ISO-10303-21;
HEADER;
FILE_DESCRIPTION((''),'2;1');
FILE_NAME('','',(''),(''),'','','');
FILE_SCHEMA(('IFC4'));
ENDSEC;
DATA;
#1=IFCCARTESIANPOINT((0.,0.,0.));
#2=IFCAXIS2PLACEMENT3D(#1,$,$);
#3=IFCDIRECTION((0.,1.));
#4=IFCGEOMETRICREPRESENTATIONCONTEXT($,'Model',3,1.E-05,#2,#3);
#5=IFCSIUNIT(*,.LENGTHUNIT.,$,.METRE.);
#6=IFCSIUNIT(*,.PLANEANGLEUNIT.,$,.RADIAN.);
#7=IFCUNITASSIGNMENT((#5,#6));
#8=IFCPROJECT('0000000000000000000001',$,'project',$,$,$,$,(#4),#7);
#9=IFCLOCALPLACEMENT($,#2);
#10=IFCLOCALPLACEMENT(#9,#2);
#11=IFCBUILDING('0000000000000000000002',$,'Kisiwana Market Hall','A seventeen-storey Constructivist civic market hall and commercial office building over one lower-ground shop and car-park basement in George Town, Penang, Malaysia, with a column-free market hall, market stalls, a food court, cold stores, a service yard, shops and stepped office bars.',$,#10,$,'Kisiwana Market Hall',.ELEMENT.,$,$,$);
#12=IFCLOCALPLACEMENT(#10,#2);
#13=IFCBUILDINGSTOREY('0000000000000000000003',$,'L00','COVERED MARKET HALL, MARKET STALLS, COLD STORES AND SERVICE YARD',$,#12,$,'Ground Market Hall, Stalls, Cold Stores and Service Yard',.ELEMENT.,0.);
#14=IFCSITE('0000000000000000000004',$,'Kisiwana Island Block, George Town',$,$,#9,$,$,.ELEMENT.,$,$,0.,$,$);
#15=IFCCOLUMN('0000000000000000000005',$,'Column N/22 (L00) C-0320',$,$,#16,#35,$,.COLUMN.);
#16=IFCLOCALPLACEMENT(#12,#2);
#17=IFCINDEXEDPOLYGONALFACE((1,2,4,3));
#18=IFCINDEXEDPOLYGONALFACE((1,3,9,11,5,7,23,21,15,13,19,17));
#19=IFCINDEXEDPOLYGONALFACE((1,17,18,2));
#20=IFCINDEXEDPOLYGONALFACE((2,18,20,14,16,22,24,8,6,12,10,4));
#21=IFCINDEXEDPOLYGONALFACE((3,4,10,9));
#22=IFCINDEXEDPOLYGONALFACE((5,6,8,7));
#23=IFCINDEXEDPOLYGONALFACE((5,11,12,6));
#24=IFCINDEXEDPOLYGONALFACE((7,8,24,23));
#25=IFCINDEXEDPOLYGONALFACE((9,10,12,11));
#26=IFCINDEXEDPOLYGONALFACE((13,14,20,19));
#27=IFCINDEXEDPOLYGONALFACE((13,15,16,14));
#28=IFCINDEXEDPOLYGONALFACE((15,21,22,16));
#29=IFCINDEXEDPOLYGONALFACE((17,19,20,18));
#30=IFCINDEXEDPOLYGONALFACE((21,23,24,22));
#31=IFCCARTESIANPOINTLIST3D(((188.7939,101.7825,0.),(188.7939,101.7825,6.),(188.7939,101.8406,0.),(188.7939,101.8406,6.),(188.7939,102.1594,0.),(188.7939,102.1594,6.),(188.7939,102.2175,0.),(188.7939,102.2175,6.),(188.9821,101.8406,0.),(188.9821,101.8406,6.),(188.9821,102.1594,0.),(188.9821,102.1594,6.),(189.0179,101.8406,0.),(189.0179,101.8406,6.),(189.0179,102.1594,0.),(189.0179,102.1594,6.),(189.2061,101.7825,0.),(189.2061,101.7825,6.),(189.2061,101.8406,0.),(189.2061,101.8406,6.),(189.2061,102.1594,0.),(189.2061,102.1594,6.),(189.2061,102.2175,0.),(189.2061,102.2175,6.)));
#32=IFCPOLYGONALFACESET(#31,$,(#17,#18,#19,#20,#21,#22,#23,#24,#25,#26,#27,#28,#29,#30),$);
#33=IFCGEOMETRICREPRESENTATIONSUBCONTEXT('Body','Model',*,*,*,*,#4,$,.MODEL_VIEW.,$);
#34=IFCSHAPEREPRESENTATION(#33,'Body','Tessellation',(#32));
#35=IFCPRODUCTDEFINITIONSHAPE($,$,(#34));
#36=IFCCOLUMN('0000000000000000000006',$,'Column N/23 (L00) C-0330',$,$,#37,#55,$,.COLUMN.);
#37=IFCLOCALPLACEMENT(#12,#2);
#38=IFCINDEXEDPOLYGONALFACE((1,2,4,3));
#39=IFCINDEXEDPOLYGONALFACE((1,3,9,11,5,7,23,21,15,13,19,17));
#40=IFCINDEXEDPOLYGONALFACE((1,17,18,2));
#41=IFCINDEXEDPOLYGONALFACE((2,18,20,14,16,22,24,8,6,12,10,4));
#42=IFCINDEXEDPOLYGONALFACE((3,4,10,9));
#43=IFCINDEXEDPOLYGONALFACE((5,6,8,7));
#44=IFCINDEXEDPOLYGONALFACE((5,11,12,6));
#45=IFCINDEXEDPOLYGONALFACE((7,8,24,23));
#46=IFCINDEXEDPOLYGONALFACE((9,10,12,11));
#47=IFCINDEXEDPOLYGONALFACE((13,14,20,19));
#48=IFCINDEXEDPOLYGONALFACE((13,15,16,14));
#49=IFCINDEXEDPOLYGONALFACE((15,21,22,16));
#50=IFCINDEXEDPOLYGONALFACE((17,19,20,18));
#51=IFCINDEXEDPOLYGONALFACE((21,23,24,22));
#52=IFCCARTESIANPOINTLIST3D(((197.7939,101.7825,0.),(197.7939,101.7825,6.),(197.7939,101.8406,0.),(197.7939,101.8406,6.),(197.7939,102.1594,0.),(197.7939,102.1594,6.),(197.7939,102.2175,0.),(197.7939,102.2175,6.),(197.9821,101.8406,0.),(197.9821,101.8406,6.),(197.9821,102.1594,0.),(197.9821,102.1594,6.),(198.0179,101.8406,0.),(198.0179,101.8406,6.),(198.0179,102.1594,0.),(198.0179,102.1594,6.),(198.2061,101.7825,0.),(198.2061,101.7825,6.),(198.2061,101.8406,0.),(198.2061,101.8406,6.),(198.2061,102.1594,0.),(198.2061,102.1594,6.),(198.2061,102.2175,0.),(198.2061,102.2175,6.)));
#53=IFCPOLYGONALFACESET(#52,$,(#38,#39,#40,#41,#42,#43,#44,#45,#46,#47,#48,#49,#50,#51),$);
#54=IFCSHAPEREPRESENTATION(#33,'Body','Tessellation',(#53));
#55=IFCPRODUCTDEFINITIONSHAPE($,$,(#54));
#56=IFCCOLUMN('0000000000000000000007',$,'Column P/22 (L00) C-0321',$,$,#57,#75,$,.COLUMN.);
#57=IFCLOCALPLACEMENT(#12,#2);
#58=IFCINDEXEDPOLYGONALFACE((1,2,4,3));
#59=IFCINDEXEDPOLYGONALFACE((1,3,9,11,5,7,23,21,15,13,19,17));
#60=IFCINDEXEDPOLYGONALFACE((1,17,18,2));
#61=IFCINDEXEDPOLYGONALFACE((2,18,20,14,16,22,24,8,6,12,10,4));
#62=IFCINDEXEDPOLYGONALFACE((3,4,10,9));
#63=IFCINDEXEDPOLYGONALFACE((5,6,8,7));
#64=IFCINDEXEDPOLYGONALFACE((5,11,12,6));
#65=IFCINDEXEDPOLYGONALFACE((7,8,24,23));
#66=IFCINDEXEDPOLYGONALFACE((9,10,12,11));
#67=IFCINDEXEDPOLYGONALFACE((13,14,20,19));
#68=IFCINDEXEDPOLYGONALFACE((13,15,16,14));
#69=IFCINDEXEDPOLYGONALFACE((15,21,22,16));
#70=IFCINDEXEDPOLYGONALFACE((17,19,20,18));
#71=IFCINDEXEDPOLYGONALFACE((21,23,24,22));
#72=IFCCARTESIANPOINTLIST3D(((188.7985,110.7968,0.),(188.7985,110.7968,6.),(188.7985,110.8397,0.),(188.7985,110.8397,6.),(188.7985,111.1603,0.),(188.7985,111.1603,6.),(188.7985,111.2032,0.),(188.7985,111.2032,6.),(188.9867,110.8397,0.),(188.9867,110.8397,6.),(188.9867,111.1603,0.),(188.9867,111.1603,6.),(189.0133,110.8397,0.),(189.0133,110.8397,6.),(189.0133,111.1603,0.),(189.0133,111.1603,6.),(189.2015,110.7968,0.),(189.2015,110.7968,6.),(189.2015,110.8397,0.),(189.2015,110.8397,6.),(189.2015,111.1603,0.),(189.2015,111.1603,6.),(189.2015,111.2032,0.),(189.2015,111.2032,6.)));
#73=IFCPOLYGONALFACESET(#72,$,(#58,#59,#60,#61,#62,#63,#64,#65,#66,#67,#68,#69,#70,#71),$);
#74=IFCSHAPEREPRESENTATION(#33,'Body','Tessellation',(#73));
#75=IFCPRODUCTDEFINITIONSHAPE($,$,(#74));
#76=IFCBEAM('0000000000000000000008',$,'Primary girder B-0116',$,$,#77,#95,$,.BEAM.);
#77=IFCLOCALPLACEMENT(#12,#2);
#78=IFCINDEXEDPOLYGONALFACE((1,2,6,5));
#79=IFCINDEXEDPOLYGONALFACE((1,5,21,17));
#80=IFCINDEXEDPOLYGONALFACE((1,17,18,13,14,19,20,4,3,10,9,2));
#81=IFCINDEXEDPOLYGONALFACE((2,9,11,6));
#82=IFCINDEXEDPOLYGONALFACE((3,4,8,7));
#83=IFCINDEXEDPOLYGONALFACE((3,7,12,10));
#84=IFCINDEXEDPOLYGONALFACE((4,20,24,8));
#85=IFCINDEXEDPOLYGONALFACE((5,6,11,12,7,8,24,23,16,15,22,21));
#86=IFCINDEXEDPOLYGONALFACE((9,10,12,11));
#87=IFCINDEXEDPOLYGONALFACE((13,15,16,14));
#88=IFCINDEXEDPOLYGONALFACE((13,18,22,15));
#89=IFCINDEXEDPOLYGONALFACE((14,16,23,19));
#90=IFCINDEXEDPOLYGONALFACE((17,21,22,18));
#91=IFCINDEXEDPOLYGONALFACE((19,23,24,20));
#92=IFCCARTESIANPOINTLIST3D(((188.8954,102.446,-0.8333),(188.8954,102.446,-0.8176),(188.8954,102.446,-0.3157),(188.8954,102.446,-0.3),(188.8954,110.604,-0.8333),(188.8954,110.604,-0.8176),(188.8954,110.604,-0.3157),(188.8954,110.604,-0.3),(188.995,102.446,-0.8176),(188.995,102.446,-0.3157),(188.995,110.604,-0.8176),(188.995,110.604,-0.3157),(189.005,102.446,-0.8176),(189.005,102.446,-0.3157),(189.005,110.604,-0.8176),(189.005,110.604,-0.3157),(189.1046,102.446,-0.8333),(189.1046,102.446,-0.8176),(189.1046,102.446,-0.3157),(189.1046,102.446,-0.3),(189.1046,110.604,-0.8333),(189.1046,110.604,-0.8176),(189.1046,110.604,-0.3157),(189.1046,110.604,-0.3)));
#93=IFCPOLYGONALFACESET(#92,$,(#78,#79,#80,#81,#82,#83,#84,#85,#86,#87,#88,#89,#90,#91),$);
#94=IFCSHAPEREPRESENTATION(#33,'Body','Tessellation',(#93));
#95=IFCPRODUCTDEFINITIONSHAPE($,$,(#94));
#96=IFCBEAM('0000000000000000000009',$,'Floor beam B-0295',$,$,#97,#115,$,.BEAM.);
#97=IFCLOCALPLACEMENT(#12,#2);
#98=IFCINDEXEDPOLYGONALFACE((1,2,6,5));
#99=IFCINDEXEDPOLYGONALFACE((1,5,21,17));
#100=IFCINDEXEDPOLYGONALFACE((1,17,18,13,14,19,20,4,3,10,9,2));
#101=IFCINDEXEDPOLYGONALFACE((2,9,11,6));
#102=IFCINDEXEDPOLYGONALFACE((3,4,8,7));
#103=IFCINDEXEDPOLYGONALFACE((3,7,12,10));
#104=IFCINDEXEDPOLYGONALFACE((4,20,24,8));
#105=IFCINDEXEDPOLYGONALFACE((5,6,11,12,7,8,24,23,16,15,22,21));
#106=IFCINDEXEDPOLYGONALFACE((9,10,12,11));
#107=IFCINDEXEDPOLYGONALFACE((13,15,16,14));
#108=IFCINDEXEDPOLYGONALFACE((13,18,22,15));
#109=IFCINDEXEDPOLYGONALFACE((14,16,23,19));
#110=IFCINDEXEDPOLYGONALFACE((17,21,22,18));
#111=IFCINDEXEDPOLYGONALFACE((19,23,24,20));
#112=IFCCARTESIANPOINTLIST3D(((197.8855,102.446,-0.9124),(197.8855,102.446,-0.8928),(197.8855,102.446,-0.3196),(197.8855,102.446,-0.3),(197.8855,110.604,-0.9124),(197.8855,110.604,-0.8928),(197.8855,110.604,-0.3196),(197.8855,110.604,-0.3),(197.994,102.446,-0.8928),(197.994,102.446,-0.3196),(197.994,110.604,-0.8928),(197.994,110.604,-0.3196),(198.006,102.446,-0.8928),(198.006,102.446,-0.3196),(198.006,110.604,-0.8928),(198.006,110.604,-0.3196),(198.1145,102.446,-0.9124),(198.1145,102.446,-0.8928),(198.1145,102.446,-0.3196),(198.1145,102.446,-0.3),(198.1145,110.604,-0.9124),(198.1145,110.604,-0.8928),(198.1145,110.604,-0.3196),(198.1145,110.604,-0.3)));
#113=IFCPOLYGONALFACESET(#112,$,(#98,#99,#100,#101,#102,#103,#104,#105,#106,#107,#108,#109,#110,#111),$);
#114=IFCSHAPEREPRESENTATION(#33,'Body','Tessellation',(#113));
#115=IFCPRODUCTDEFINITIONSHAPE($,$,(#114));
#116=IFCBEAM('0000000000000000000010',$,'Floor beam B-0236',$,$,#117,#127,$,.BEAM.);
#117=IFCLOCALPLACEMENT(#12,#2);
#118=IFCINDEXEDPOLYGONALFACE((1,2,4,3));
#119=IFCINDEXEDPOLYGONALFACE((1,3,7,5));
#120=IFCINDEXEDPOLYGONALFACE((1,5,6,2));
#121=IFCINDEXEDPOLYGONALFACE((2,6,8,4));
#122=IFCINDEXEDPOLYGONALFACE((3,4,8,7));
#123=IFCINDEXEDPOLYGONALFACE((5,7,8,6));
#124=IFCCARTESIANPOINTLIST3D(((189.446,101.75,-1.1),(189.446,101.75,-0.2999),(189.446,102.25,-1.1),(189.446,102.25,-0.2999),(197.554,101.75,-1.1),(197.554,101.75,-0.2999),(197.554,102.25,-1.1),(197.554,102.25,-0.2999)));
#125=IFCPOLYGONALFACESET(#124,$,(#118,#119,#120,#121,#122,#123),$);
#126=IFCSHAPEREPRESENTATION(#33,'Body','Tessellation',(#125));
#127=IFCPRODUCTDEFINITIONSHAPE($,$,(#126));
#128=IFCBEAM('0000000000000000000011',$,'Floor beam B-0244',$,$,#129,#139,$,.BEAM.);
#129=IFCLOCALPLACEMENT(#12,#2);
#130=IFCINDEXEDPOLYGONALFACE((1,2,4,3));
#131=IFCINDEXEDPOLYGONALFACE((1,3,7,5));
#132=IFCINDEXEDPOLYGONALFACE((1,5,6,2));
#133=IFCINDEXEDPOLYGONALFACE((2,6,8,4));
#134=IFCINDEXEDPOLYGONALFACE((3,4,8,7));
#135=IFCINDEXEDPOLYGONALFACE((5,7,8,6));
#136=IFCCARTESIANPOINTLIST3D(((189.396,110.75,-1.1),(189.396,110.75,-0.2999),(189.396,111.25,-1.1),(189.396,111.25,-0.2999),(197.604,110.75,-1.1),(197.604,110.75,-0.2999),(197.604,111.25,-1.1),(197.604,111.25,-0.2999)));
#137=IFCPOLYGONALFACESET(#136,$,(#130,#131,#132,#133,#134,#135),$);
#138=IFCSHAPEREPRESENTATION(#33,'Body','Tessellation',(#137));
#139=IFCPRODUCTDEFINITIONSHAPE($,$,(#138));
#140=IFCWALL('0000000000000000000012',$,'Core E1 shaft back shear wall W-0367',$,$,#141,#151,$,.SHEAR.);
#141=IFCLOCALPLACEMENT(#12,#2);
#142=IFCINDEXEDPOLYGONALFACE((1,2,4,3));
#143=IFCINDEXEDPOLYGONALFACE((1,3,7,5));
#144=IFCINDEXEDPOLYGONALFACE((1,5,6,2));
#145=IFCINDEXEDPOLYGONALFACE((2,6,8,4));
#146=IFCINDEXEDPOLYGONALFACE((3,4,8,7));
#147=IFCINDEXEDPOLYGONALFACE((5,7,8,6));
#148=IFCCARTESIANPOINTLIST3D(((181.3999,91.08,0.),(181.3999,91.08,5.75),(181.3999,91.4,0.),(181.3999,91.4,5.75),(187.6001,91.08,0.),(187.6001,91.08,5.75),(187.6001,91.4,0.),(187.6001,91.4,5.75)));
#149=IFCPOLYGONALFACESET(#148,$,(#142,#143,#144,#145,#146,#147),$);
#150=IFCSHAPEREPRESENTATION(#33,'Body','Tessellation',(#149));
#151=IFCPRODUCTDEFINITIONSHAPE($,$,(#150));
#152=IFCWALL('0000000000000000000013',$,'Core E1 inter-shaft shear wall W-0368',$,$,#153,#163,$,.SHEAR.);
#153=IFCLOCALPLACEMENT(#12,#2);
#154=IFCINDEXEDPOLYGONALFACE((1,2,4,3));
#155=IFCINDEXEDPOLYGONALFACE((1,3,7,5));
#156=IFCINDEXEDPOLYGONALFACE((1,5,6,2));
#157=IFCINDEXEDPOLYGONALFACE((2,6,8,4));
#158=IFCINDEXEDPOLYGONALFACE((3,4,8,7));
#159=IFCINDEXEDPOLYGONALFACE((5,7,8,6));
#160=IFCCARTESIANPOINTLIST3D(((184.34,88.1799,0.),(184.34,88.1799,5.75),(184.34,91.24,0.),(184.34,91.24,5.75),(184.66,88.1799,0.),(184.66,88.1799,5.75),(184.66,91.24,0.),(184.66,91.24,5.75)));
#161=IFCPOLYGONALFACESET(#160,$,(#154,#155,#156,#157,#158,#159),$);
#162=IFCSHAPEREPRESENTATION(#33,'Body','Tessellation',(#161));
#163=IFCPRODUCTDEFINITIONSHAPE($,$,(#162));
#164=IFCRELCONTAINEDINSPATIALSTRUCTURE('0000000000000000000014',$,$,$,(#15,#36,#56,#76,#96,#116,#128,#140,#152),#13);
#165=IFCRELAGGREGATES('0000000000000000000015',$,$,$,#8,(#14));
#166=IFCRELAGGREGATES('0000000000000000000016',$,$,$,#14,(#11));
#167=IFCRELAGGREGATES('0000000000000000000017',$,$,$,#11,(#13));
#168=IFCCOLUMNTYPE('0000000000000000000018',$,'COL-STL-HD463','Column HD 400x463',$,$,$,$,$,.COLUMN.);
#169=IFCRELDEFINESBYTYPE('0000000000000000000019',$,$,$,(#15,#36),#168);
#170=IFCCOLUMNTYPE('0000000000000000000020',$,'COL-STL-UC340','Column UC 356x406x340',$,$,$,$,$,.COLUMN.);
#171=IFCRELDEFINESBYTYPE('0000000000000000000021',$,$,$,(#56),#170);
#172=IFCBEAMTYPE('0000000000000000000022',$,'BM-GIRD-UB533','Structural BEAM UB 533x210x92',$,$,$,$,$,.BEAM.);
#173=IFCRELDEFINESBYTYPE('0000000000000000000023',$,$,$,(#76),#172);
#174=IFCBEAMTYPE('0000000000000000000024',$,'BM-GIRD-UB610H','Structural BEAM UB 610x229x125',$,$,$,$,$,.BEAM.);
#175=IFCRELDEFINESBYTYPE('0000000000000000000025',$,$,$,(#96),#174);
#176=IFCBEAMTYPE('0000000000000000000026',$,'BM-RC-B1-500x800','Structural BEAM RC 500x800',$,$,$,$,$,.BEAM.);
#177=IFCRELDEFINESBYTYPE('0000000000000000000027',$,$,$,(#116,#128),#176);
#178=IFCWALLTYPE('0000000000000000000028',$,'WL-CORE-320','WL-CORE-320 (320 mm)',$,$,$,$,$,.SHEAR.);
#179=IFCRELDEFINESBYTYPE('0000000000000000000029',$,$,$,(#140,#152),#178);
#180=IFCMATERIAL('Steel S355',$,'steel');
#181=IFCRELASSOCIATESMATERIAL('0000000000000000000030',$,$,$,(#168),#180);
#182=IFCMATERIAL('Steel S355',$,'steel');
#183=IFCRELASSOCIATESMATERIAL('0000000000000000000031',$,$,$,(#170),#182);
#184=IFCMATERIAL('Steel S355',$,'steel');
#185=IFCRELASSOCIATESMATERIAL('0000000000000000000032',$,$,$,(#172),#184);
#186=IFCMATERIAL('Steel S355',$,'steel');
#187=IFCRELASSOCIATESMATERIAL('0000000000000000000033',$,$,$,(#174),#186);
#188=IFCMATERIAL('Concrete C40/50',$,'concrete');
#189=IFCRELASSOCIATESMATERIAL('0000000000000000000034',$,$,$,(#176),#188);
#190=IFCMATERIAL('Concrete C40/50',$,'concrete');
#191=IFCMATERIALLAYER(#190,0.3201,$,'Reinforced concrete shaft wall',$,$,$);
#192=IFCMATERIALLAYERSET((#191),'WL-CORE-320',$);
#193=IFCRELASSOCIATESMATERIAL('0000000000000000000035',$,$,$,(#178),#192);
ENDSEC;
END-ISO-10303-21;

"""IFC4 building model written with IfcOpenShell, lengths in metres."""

from ifc_helpers import new_model, si_unit, direction, frame, frame_2d, origin, origin_2d, place, context, subcontext, project, spatial, rectangle, i_section, extrude, material, layer, layer_set, material_profile, profile_set, type_object, element, save


model = new_model("IFC4")

# Units and contexts
model_context = context("Model", 3, precision=1e-05, world=origin(), true_north=direction((0.0, 1.0)))
body_context = subcontext(model_context, "Body", "Model", "MODEL_VIEW")
ifc_project = project(units=[si_unit("LENGTHUNIT", "METRE"), si_unit("PLANEANGLEUNIT", "RADIAN")], contexts=[model_context])

# Site, building, storey
site_placement = place(None, origin())
site = spatial("IfcSite", under=ifc_project, at=site_placement, Name="Kisiwana Island Block, George Town", CompositionType="ELEMENT", RefElevation=0.0)
building_placement = place(site_placement, origin())
building = spatial("IfcBuilding", under=site, at=building_placement, Name="Kisiwana Market Hall", Description="A seventeen-storey Constructivist civic market hall and commercial office building over one lower-ground shop and car-park basement in George Town, Penang, Malaysia, with a column-free market hall, market stalls, a food court, cold stores, a service yard, shops and stepped office bars.", LongName="Kisiwana Market Hall", CompositionType="ELEMENT")
storey_placement = place(building_placement, origin())
storey = spatial("IfcBuildingStorey", under=building, at=storey_placement, Name="L00", Description="COVERED MARKET HALL, MARKET STALLS, COLD STORES AND SERVICE YARD", LongName="Ground Market Hall, Stalls, Cold Stores and Service Yard", CompositionType="ELEMENT", Elevation=0.0)

# Columns
ifc_material_1 = material(Name="Steel S355", Category="steel")
ifc_material_profile_1 = material_profile(ifc_material_1, i_section(OverallWidth=0.4121, OverallDepth=0.4351, WebThickness=0.0359, FlangeThickness=0.0581, at=origin_2d()), Name="HD 400x463")
ifc_profile_set_1 = profile_set([ifc_material_profile_1], Name="Steel S355")
column_type_1 = type_object("IfcColumnType", Name="COL-STL-HD463", Description="Column HD 400x463", PredefinedType="COLUMN", material=ifc_profile_set_1)
for number, where, z_axis, x_axis, name in (
    (1, (189.0, 102.0, 0.0), (0.0, 0.0, 1.0), (1.0, 0.0, 0.0), "Column N/22 (L00) C-0320"),
    (2, (198.0, 102.0, 0.0), (0.0, 0.0, 1.0), (1.0, 0.0, 0.0), "Column N/23 (L00) C-0330"),
):
    element("IfcColumn", number, at=place(storey_placement, frame(where, z_axis=z_axis, x_axis=x_axis)), inside=storey, type_object=column_type_1, Name=name, PredefinedType="COLUMN", context=body_context, shape_type="SweptSolid", body=[
        extrude(i_section(OverallWidth=0.4121, OverallDepth=0.4351, WebThickness=0.0359, FlangeThickness=0.0581, at=origin_2d()), origin(), (0.0, 0.0, 1.0), 6.0),
    ])
ifc_material_2 = material(Name="Steel S355", Category="steel")
ifc_material_profile_2 = material_profile(ifc_material_2, i_section(OverallWidth=0.4031, OverallDepth=0.4065, WebThickness=0.0266, FlangeThickness=0.043, at=origin_2d()), Name="UC 356x406x340")
ifc_profile_set_2 = profile_set([ifc_material_profile_2], Name="Steel S355")
column_type_2 = type_object("IfcColumnType", Name="COL-STL-UC340", Description="Column UC 356x406x340", PredefinedType="COLUMN", material=ifc_profile_set_2)
column_placement = place(storey_placement, frame((189.0, 111.0, 0.0), z_axis=(0.0, 0.0, 1.0), x_axis=(1.0, 0.0, 0.0)))
element("IfcColumn", 3, at=column_placement, inside=storey, type_object=column_type_2, Name="Column P/22 (L00) C-0321", PredefinedType="COLUMN", context=body_context, shape_type="SweptSolid", body=[
    extrude(i_section(OverallWidth=0.4031, OverallDepth=0.4065, WebThickness=0.0266, FlangeThickness=0.043, at=origin_2d()), origin(), (0.0, 0.0, 1.0), 6.0),
])

# Beams
ifc_material_3 = material(Name="Steel S355", Category="steel")
ifc_material_profile_3 = material_profile(ifc_material_3, i_section(OverallWidth=0.2092, OverallDepth=0.5332, WebThickness=0.01, FlangeThickness=0.0156, at=origin_2d()), Name="UB 533x210x92")
ifc_profile_set_3 = profile_set([ifc_material_profile_3], Name="Steel S355")
beam_type_1 = type_object("IfcBeamType", Name="BM-GIRD-UB533", Description="Structural BEAM UB 533x210x92", PredefinedType="BEAM", material=ifc_profile_set_3)
beam_1_placement = place(storey_placement, frame((189.0, 102.446, -0.5667), z_axis=(0.0, 1.0, 0.0), x_axis=(-1.0, 0.0, 0.0)))
element("IfcBeam", 4, at=beam_1_placement, inside=storey, type_object=beam_type_1, Name="Primary girder B-0116", PredefinedType="BEAM", context=body_context, shape_type="SweptSolid", body=[
    extrude(i_section(OverallWidth=0.2092, OverallDepth=0.5332, WebThickness=0.01, FlangeThickness=0.0156, at=origin_2d()), origin(), (0.0, 0.0, 1.0), 8.158),
])
ifc_material_4 = material(Name="Steel S355", Category="steel")
ifc_material_profile_4 = material_profile(ifc_material_4, i_section(OverallWidth=0.229, OverallDepth=0.6123, WebThickness=0.012, FlangeThickness=0.0195, at=origin_2d()), Name="UB 610x229x125")
ifc_profile_set_4 = profile_set([ifc_material_profile_4], Name="Steel S355")
beam_type_2 = type_object("IfcBeamType", Name="BM-GIRD-UB610H", Description="Structural BEAM UB 610x229x125", PredefinedType="BEAM", material=ifc_profile_set_4)
beam_2_placement = place(storey_placement, frame((198.0, 102.446, -0.6062), z_axis=(0.0, 1.0, 0.0), x_axis=(-1.0, 0.0, 0.0)))
element("IfcBeam", 5, at=beam_2_placement, inside=storey, type_object=beam_type_2, Name="Floor beam B-0295", PredefinedType="BEAM", context=body_context, shape_type="SweptSolid", body=[
    extrude(i_section(OverallWidth=0.229, OverallDepth=0.6123, WebThickness=0.012, FlangeThickness=0.0195, at=origin_2d()), origin(), (0.0, 0.0, 1.0), 8.158),
])
ifc_material_5 = material(Name="Concrete C40/50", Category="concrete")
ifc_material_profile_5 = material_profile(ifc_material_5, rectangle(XDim=0.5, YDim=0.8, at=origin_2d()), Name="RC 500x800")
ifc_profile_set_5 = profile_set([ifc_material_profile_5], Name="Concrete C40/50")
beam_type_3 = type_object("IfcBeamType", Name="BM-RC-B1-500x800", Description="Structural BEAM RC 500x800", PredefinedType="BEAM", material=ifc_profile_set_5)
beam_3_placement = place(storey_placement, frame((189.446, 102.0, -0.7), z_axis=(1.0, 0.0, 0.0), x_axis=(0.0, 1.0, 0.0)))
element("IfcBeam", 6, at=beam_3_placement, inside=storey, type_object=beam_type_3, Name="Floor beam B-0236", PredefinedType="BEAM", context=body_context, shape_type="SweptSolid", body=[
    extrude(rectangle(XDim=0.5, YDim=0.8, at=origin_2d()), origin(), (0.0, 0.0, 1.0), 8.1079),
])
beam_4_placement = place(storey_placement, frame((189.396, 111.0, -0.7), z_axis=(1.0, 0.0, 0.0), x_axis=(0.0, 1.0, 0.0)))
element("IfcBeam", 7, at=beam_4_placement, inside=storey, type_object=beam_type_3, Name="Floor beam B-0244", PredefinedType="BEAM", context=body_context, shape_type="SweptSolid", body=[
    extrude(rectangle(XDim=0.5, YDim=0.8, at=origin_2d()), origin(), (0.0, 0.0, 1.0), 8.208),
])

# Walls
ifc_material_6 = material(Name="Concrete C40/50", Category="concrete")
ifc_layer_1 = layer(ifc_material_6, 0.3201, Name="Reinforced concrete shaft wall")
ifc_layer_set_1 = layer_set([ifc_layer_1], Name="WL-CORE-320")
wall_type_1 = type_object("IfcWallType", Name="WL-CORE-320", Description="WL-CORE-320 (320 mm)", PredefinedType="SHEAR", material=ifc_layer_set_1)
wall_1_placement = place(storey_placement, frame((181.3999, 91.24, 0.0), z_axis=(0.0, 0.0, 1.0), x_axis=(1.0, 0.0, 0.0)))
element("IfcWall", 8, at=wall_1_placement, inside=storey, type_object=wall_type_1, Name="Core E1 shaft back shear wall W-0367", PredefinedType="SHEAR", context=body_context, shape_type="SweptSolid", body=[
    extrude(rectangle(XDim=6.2002, YDim=0.3201, at=frame_2d((3.1001, 0.0))), origin(), (0.0, 0.0, 1.0), 5.75),
])
wall_2_placement = place(storey_placement, frame((184.5, 88.1799, 0.0), z_axis=(0.0, 0.0, 1.0), x_axis=(0.0, 1.0, 0.0)))
element("IfcWall", 9, at=wall_2_placement, inside=storey, type_object=wall_type_1, Name="Core E1 inter-shaft shear wall W-0368", PredefinedType="SHEAR", context=body_context, shape_type="SweptSolid", body=[
    extrude(rectangle(XDim=3.0601, YDim=0.3201, at=frame_2d((1.53, 0.0))), origin(), (0.0, 0.0, 1.0), 5.75),
])

save(model, "model.ifc")
